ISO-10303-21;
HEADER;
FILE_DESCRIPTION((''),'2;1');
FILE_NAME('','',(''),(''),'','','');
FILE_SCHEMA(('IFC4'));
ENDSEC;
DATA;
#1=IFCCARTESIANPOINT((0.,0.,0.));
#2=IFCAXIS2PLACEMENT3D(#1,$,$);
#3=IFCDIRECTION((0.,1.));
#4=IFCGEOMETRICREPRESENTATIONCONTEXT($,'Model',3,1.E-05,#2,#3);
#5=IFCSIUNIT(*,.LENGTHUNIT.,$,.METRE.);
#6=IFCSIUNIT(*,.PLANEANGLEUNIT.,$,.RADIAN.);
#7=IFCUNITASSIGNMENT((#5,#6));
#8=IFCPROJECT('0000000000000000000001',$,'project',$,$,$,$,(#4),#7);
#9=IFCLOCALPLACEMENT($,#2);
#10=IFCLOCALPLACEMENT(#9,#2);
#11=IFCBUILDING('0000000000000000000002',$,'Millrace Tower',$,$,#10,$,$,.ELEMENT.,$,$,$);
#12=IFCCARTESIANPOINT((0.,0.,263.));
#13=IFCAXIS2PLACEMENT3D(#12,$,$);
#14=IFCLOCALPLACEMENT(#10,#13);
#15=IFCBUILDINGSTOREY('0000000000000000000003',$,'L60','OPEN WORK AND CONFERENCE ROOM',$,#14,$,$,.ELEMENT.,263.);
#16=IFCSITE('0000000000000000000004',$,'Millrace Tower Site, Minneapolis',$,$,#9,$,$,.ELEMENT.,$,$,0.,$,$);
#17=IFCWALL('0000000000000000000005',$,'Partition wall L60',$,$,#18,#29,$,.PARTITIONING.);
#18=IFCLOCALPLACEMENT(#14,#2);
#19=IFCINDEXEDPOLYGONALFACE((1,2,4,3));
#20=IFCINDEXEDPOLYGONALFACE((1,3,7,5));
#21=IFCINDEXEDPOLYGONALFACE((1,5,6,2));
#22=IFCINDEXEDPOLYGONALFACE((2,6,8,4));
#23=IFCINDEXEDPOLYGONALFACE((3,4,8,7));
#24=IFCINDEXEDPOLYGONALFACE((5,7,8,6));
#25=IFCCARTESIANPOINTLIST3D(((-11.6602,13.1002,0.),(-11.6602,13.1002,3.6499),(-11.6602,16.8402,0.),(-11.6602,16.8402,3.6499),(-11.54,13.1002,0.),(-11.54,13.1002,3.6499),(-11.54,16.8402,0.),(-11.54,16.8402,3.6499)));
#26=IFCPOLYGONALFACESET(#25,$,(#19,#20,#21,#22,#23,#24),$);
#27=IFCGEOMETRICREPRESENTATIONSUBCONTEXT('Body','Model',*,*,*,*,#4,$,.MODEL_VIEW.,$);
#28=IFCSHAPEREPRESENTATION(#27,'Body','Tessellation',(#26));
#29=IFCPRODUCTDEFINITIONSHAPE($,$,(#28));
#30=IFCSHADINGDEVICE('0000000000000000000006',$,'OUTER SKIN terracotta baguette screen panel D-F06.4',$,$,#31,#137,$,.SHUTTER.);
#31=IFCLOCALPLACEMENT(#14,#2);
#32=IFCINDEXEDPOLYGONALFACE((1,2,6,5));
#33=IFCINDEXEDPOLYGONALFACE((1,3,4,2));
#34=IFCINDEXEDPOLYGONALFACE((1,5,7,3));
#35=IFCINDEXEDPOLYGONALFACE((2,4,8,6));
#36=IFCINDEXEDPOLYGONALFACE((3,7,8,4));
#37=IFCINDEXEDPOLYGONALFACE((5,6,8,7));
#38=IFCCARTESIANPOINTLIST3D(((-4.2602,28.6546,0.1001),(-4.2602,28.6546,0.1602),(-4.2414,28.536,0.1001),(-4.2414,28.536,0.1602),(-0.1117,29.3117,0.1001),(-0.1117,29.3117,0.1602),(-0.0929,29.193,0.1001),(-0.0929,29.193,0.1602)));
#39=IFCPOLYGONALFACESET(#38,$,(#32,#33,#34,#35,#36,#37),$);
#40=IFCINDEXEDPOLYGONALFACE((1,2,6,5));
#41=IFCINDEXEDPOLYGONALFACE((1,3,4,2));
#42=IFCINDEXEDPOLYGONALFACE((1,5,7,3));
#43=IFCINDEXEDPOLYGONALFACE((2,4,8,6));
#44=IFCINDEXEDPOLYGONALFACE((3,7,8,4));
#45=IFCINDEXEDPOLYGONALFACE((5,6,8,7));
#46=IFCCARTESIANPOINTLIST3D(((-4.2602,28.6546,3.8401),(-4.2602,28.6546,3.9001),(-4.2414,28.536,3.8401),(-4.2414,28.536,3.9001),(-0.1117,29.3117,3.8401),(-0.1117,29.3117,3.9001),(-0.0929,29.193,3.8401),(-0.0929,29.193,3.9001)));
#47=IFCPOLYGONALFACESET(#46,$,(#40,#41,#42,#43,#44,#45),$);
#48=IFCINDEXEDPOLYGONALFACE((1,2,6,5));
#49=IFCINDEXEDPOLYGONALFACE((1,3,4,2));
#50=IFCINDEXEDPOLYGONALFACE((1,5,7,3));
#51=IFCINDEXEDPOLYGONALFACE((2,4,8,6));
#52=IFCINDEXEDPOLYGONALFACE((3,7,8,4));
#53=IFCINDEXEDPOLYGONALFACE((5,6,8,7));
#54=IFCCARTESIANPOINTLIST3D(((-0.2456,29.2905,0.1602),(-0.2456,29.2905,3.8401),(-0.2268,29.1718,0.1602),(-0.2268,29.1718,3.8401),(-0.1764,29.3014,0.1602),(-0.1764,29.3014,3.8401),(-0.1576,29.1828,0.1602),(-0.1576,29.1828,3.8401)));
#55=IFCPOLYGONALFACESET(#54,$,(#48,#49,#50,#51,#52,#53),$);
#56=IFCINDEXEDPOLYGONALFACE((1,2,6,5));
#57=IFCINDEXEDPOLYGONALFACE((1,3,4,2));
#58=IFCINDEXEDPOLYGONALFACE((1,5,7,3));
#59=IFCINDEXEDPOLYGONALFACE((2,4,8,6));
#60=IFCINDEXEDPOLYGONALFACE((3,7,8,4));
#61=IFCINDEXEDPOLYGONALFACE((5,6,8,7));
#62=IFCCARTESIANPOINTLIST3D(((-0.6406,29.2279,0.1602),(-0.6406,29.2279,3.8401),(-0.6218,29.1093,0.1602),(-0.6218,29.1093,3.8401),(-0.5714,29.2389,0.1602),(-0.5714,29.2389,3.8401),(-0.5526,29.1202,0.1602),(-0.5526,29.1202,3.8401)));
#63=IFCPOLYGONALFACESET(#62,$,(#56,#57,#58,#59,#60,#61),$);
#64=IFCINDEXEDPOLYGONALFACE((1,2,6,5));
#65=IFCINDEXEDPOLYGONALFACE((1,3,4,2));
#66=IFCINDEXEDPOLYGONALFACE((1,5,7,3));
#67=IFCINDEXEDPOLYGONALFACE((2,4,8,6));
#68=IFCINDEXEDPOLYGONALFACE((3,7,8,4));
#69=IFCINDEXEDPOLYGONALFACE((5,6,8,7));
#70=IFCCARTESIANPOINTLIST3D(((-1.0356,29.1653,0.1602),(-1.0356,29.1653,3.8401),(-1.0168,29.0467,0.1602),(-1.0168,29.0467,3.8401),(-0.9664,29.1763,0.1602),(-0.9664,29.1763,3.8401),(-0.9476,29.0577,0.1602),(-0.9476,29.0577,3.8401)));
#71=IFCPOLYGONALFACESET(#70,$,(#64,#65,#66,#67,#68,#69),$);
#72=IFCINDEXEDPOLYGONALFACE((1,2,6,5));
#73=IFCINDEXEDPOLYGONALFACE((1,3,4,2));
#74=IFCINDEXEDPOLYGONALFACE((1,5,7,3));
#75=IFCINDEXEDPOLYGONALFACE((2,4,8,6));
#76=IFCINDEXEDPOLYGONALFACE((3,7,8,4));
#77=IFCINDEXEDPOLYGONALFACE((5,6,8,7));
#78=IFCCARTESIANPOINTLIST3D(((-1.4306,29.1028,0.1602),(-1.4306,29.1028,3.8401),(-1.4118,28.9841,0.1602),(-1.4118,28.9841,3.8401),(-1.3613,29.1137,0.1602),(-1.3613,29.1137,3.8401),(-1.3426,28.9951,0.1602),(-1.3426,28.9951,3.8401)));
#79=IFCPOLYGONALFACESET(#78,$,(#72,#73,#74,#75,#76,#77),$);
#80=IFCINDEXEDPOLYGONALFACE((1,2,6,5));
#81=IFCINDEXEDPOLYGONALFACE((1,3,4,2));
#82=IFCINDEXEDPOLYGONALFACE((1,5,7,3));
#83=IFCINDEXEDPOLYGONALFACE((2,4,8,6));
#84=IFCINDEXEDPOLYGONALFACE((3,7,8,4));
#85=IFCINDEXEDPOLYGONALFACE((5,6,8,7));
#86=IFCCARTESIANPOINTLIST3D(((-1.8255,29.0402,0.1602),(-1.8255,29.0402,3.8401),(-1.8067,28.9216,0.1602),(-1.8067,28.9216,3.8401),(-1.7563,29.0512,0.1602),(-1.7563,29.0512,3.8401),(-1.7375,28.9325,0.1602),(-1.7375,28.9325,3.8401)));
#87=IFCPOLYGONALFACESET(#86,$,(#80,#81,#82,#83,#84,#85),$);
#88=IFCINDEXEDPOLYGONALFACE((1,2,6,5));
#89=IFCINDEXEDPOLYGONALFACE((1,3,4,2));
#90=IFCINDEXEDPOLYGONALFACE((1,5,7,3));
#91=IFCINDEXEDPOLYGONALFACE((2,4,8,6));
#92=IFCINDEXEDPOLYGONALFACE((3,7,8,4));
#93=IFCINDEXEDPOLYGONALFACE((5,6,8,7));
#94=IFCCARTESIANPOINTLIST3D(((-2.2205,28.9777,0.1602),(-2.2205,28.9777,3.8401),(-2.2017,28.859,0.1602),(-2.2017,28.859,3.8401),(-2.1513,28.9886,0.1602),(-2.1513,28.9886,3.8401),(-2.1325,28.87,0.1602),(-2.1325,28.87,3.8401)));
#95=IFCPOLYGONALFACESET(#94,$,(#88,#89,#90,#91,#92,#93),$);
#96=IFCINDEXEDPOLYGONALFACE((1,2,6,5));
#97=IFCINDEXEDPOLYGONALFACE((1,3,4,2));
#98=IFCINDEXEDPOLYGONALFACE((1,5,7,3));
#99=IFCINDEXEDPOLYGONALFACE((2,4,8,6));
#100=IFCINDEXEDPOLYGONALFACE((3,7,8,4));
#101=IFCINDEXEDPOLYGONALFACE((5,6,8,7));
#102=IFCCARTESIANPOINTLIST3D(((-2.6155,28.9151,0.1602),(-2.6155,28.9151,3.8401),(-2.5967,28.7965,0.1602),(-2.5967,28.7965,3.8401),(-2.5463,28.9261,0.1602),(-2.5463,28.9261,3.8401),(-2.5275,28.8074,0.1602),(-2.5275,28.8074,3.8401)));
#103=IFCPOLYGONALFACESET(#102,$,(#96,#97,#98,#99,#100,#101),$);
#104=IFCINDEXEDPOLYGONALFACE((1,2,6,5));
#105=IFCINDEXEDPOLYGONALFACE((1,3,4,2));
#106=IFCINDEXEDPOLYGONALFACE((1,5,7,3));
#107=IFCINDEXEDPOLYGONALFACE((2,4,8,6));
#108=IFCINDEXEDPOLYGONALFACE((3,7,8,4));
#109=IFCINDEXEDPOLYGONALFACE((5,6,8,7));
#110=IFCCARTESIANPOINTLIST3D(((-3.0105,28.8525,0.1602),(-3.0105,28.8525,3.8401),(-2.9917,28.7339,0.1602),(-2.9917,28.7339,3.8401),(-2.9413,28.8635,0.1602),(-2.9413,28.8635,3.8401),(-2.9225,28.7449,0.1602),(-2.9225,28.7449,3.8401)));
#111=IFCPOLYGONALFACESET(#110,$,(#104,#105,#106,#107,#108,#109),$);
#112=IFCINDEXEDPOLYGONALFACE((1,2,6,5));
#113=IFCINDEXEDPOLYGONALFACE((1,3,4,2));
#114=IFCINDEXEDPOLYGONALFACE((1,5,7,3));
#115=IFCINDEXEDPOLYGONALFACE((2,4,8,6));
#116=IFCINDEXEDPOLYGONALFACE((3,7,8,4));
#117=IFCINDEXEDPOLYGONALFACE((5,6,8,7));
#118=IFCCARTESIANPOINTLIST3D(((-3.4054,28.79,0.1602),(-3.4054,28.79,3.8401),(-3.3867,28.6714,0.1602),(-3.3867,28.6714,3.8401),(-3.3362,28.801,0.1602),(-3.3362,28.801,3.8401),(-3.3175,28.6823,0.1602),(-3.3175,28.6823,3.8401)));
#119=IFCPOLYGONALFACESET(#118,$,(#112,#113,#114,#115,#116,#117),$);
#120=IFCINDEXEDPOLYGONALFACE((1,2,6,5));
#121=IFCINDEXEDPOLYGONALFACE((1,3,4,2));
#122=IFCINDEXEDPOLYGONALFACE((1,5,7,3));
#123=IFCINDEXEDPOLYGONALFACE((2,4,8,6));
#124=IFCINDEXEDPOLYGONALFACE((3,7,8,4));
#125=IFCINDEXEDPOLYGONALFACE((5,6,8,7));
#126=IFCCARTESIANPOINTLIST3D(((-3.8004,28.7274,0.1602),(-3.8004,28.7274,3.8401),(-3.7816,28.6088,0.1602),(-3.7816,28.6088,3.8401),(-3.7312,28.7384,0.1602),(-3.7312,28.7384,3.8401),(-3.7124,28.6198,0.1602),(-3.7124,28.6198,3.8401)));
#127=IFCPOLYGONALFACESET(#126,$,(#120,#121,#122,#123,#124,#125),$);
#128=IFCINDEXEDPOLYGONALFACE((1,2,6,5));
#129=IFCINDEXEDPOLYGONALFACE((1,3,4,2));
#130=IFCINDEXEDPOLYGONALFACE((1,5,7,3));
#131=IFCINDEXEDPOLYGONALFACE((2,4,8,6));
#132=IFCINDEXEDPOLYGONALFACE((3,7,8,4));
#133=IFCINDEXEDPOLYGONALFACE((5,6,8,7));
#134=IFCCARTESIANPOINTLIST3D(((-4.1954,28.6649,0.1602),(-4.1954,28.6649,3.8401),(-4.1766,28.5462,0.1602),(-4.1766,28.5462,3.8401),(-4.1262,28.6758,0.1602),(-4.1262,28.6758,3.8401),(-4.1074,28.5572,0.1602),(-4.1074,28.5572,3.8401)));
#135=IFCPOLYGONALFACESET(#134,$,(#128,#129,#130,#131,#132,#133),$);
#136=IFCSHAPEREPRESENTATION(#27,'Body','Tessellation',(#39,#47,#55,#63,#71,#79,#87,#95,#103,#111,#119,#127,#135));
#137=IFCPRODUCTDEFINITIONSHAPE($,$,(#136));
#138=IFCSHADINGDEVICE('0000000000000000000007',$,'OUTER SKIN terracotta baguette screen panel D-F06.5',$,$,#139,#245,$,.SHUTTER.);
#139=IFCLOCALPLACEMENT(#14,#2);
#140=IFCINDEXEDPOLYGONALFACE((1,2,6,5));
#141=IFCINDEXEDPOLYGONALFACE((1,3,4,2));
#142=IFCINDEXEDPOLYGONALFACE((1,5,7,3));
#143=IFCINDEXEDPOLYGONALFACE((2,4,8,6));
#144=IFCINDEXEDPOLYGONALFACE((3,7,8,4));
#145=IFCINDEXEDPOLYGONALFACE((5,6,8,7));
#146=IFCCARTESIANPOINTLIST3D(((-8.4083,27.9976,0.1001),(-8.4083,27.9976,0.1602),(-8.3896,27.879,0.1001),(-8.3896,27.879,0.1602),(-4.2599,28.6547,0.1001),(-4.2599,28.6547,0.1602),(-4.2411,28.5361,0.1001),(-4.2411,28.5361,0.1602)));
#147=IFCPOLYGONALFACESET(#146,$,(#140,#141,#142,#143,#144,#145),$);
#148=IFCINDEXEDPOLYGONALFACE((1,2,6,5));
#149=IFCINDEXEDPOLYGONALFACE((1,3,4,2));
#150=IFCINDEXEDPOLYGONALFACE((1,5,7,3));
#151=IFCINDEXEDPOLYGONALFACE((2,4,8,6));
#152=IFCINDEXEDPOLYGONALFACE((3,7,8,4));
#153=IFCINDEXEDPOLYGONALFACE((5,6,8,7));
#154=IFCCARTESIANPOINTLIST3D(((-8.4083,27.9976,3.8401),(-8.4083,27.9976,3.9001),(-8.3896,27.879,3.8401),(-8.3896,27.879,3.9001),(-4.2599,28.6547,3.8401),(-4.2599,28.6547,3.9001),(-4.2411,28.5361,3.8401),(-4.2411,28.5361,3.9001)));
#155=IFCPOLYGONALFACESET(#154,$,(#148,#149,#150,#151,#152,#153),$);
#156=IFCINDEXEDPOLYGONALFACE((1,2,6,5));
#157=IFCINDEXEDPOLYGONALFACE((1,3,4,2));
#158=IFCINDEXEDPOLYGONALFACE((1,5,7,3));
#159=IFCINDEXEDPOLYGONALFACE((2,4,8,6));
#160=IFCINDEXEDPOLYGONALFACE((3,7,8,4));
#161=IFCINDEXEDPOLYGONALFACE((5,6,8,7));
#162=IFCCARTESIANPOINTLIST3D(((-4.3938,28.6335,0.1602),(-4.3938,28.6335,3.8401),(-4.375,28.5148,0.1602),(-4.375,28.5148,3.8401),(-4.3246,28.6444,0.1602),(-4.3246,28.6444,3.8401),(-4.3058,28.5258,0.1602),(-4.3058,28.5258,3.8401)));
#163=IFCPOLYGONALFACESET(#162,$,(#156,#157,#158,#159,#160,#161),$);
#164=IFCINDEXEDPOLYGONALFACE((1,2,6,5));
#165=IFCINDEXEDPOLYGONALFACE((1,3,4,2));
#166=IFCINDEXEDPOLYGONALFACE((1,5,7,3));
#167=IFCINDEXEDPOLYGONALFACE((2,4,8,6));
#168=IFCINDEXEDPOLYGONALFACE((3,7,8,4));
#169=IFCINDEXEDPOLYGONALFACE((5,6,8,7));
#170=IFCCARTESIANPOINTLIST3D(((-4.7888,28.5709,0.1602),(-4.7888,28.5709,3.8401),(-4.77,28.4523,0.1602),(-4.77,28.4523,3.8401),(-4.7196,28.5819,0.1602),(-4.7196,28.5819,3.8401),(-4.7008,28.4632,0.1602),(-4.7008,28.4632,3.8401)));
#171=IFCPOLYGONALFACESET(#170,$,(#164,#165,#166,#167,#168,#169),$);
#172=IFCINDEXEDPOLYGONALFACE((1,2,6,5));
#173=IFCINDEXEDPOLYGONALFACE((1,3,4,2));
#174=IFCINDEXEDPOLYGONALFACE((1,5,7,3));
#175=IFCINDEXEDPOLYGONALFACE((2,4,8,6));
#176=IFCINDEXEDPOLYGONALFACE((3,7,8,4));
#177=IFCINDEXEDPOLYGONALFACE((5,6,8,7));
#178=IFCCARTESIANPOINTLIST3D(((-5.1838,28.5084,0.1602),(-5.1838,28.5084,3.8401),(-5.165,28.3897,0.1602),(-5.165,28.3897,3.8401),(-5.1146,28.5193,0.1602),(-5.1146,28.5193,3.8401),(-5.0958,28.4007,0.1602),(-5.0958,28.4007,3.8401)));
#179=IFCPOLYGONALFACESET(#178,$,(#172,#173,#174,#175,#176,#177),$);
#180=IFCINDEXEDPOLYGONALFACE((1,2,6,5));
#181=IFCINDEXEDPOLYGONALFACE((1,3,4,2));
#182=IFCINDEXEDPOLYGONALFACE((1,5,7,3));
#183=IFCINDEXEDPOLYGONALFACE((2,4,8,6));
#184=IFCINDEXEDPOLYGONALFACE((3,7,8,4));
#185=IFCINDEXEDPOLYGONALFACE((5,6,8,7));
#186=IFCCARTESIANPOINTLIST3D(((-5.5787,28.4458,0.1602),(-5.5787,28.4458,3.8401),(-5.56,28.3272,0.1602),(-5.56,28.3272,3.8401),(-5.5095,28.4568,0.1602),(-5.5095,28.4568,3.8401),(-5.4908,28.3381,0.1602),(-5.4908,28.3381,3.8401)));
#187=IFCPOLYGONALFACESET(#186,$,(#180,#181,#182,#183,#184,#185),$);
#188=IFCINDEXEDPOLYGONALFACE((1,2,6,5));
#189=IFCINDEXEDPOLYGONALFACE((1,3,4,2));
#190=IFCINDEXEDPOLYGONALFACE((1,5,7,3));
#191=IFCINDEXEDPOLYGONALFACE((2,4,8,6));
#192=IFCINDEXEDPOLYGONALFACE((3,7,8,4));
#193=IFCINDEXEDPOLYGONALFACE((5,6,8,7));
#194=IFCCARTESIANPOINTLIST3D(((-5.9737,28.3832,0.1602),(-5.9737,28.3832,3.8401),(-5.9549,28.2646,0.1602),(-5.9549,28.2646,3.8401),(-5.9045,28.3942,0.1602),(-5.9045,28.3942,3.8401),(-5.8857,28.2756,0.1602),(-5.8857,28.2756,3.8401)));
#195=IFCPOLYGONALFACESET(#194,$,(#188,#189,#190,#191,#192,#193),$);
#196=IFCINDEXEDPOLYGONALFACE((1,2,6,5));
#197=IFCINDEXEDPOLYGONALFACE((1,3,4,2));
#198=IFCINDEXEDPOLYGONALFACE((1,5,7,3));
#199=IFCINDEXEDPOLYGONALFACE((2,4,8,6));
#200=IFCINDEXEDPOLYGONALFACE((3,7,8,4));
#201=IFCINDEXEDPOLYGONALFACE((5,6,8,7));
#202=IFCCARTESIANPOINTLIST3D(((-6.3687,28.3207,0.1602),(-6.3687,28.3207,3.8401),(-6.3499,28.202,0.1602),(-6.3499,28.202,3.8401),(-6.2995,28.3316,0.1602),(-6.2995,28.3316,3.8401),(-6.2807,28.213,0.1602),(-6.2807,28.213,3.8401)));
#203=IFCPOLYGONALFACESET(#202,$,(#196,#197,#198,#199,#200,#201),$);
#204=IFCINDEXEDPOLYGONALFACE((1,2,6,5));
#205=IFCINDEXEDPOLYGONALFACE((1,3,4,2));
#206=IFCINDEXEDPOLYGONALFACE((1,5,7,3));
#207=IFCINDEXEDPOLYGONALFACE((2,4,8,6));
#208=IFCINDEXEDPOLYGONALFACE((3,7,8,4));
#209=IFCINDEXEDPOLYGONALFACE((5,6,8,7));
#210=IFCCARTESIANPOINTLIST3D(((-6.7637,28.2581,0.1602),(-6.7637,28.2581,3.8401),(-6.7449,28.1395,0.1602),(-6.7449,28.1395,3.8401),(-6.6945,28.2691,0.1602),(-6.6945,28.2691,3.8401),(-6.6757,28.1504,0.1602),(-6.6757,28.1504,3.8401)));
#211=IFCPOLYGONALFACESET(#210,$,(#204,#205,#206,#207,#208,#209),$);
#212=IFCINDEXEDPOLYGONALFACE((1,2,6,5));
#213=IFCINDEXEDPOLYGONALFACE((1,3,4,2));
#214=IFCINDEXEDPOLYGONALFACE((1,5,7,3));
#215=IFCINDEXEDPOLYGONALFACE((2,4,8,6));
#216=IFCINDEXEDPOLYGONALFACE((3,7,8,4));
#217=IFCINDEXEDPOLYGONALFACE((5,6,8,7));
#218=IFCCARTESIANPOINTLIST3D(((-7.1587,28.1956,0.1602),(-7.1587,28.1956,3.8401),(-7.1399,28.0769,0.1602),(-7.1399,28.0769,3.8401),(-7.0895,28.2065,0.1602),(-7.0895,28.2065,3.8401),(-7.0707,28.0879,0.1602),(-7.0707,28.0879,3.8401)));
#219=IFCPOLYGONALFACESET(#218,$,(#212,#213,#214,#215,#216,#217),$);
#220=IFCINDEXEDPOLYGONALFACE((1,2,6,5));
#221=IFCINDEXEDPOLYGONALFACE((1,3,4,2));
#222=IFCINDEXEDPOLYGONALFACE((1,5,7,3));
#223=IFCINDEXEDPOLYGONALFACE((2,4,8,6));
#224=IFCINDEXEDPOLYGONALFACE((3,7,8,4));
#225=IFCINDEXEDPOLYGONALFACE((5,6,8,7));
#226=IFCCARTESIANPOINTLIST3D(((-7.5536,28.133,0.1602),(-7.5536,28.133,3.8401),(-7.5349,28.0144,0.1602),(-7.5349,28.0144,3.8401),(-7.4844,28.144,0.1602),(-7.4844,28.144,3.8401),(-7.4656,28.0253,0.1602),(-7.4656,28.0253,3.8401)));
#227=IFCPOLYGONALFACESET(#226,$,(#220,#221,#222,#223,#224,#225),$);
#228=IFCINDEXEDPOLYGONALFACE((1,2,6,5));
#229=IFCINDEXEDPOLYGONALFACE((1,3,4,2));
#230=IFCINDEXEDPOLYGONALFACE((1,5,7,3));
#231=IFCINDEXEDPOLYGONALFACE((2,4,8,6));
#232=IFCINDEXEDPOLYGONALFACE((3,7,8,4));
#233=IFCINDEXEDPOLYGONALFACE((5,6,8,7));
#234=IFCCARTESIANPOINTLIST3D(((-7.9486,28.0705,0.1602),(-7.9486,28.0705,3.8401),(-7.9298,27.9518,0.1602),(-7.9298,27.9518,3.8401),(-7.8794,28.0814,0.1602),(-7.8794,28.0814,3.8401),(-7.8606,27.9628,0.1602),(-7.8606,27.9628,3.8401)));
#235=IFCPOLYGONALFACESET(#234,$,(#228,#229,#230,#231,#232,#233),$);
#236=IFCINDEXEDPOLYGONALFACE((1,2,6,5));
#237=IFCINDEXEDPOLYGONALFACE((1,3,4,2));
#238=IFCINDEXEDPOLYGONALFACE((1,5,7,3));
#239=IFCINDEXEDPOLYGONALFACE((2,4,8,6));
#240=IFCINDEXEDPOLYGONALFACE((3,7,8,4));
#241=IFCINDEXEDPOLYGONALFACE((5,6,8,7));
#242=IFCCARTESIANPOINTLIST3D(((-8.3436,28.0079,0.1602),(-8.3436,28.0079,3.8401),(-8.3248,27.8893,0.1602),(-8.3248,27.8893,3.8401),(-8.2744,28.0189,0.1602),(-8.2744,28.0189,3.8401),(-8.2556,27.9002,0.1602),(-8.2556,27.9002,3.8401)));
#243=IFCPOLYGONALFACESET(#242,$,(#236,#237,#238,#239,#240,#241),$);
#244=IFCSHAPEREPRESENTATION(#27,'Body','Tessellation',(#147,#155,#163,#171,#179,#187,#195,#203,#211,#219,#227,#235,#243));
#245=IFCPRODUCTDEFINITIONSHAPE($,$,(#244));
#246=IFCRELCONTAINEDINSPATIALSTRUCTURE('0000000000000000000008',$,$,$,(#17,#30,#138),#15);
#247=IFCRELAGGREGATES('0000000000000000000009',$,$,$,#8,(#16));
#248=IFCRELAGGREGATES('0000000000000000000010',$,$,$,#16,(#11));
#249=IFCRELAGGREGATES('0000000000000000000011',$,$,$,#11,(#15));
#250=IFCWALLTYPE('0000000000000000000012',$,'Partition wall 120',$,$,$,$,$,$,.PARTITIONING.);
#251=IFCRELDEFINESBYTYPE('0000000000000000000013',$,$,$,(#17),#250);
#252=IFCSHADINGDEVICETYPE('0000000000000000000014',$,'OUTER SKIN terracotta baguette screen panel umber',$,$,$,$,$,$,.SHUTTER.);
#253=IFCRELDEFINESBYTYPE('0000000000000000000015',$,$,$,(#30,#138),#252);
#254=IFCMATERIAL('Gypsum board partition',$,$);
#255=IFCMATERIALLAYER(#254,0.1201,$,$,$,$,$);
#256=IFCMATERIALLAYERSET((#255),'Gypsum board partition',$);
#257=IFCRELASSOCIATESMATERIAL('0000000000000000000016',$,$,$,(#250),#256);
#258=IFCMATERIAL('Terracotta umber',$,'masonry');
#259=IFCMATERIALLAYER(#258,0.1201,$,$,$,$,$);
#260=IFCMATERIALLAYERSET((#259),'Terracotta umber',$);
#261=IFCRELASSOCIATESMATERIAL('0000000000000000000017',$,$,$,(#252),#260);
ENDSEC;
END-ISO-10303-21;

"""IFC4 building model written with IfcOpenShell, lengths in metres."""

from ifc_helpers import new_model, entity, si_unit, direction, frame, frame_2d, origin, origin_2d, place, context, subcontext, project, spatial, rectangle, extrude, source, transform, mapped, material, layer, layer_set, type_object, element, save


model = new_model("IFC4")

# Units and contexts
model_context = context("Model", 3, precision=1e-05, world=origin(), true_north=direction((0.0, 1.0)))
body_context = subcontext(model_context, "Body", "Model", "MODEL_VIEW")
ifc_project = project(units=[si_unit("LENGTHUNIT", "METRE"), si_unit("PLANEANGLEUNIT", "RADIAN")], contexts=[model_context])

# Site, building, storey
site_placement = place(None, origin())
site = spatial("IfcSite", under=ifc_project, at=site_placement, Name="Millrace Tower Site, Minneapolis", CompositionType="ELEMENT", RefElevation=0.0)
building_placement = place(site_placement, origin())
building = spatial("IfcBuilding", under=site, at=building_placement, Name="Millrace Tower", CompositionType="ELEMENT")
storey_placement = place(building_placement, frame((0.0, 0.0, 263.0)))
storey = spatial("IfcBuildingStorey", under=building, at=storey_placement, Name="L60", Description="OPEN WORK AND CONFERENCE ROOM", CompositionType="ELEMENT", Elevation=263.0)

# Wall
ifc_material_1 = material(Name="Gypsum board partition")
ifc_layer_1 = layer(ifc_material_1, 0.1201)
ifc_layer_set_1 = layer_set([ifc_layer_1], Name="Gypsum board partition")
wall_type_1 = type_object("IfcWallType", Name="Partition wall 120", PredefinedType="PARTITIONING", material=ifc_layer_set_1)
wall_1_placement = place(storey_placement, frame((-11.6001, 13.1001, 0.0), z_axis=(0.0, 0.0, 1.0), x_axis=(0.0, 1.0, 0.0)))
element("IfcWall", 1, at=wall_1_placement, inside=storey, type_object=wall_type_1, Name="Partition wall L60", PredefinedType="PARTITIONING", context=body_context, shape_type="SweptSolid", body=[
    extrude(rectangle(XDim=3.74, YDim=0.1201, at=frame_2d((1.8701, 0.0))), origin(), (0.0, 0.0, 1.0), 3.6499),
])

# Shading devices
ifc_material_2 = material(Name="Terracotta umber", Category="masonry")
ifc_layer_2 = layer(ifc_material_2, 0.1201)
ifc_layer_set_2 = layer_set([ifc_layer_2], Name="Terracotta umber")
shading_device_type = type_object("IfcShadingDeviceType", Name="OUTER SKIN terracotta baguette screen panel umber", PredefinedType="SHUTTER", material=ifc_layer_set_2)
cartesian_point = entity("IfcCartesianPoint", [-2.1001, 0.0601])
shared_polyline = entity("IfcPolyline", [cartesian_point, entity("IfcCartesianPoint", [2.1001, 0.0601]), entity("IfcCartesianPoint", [2.1001, -0.0601]), entity("IfcCartesianPoint", [-2.1001, -0.0601]), cartesian_point])
shared_shape = source(origin(), body_context, "Body", "SweptSolid", [
    entity("IfcExtrudedAreaSolid", entity("IfcArbitraryClosedProfileDef", "AREA", None, shared_polyline), entity("IfcAxis2Placement3D", entity("IfcCartesianPoint", [0.0, 0.0, 0.0])), entity("IfcDirection", [0.0, 0.0, 1.0]), 0.0601),
    entity("IfcExtrudedAreaSolid", entity("IfcArbitraryClosedProfileDef", "AREA", None, shared_polyline), entity("IfcAxis2Placement3D", entity("IfcCartesianPoint", [0.0, 0.0, 3.74])), entity("IfcDirection", [0.0, 0.0, 1.0]), 0.0601),
    extrude(rectangle(XDim=0.0701, YDim=0.1201, at=frame_2d((-1.9995, 0.0))), frame((0.0, 0.0, 0.0601)), (0.0, 0.0, 1.0), 3.6799),
    extrude(rectangle(XDim=0.0701, YDim=0.1201, at=frame_2d((-1.5996, 0.0))), frame((0.0, 0.0, 0.0601)), (0.0, 0.0, 1.0), 3.6799),
    extrude(rectangle(XDim=0.0701, YDim=0.1201, at=frame_2d((-1.1997, 0.0))), frame((0.0, 0.0, 0.0601)), (0.0, 0.0, 1.0), 3.6799),
    extrude(rectangle(XDim=0.0701, YDim=0.1201, at=frame_2d((-0.7998, 0.0))), frame((0.0, 0.0, 0.0601)), (0.0, 0.0, 1.0), 3.6799),
    extrude(rectangle(XDim=0.0701, YDim=0.1201, at=frame_2d((-0.3999, 0.0))), frame((0.0, 0.0, 0.0601)), (0.0, 0.0, 1.0), 3.6799),
    extrude(rectangle(XDim=0.0701, YDim=0.1201, at=origin_2d()), frame((0.0, 0.0, 0.0601)), (0.0, 0.0, 1.0), 3.6799),
    extrude(rectangle(XDim=0.0701, YDim=0.1201, at=frame_2d((0.3999, 0.0))), frame((0.0, 0.0, 0.0601)), (0.0, 0.0, 1.0), 3.6799),
    extrude(rectangle(XDim=0.0701, YDim=0.1201, at=frame_2d((0.7998, 0.0))), frame((0.0, 0.0, 0.0601)), (0.0, 0.0, 1.0), 3.6799),
    extrude(rectangle(XDim=0.0701, YDim=0.1201, at=frame_2d((1.1997, 0.0))), frame((0.0, 0.0, 0.0601)), (0.0, 0.0, 1.0), 3.6799),
    extrude(rectangle(XDim=0.0701, YDim=0.1201, at=frame_2d((1.5996, 0.0))), frame((0.0, 0.0, 0.0601)), (0.0, 0.0, 1.0), 3.6799),
    extrude(rectangle(XDim=0.0701, YDim=0.1201, at=frame_2d((1.9995, 0.0))), frame((0.0, 0.0, 0.0601)), (0.0, 0.0, 1.0), 3.6799),
])
for number, where, z_axis, x_axis, name in (
    (2, (-2.1765, 28.9238, 0.1001), (0.0, 0.0, 1.0), (-0.987688, -0.156434, 0.0), "OUTER SKIN terracotta baguette screen panel D-F06.4"),
    (3, (-6.3247, 28.2668, 0.1001), (0.0, 0.0, 1.0), (-0.987688, -0.156434, 0.0), "OUTER SKIN terracotta baguette screen panel D-F06.5"),
):
    element("IfcShadingDevice", number, at=place(storey_placement, frame(where, z_axis=z_axis, x_axis=x_axis)), inside=storey, type_object=shading_device_type, Name=name, PredefinedType="SHUTTER", context=body_context, shape_type="MappedRepresentation", body=[
        mapped(shared_shape, transform((0.0, 0.0, 0.0), scale=1.0)),
    ])

save(model, "model.ifc")
